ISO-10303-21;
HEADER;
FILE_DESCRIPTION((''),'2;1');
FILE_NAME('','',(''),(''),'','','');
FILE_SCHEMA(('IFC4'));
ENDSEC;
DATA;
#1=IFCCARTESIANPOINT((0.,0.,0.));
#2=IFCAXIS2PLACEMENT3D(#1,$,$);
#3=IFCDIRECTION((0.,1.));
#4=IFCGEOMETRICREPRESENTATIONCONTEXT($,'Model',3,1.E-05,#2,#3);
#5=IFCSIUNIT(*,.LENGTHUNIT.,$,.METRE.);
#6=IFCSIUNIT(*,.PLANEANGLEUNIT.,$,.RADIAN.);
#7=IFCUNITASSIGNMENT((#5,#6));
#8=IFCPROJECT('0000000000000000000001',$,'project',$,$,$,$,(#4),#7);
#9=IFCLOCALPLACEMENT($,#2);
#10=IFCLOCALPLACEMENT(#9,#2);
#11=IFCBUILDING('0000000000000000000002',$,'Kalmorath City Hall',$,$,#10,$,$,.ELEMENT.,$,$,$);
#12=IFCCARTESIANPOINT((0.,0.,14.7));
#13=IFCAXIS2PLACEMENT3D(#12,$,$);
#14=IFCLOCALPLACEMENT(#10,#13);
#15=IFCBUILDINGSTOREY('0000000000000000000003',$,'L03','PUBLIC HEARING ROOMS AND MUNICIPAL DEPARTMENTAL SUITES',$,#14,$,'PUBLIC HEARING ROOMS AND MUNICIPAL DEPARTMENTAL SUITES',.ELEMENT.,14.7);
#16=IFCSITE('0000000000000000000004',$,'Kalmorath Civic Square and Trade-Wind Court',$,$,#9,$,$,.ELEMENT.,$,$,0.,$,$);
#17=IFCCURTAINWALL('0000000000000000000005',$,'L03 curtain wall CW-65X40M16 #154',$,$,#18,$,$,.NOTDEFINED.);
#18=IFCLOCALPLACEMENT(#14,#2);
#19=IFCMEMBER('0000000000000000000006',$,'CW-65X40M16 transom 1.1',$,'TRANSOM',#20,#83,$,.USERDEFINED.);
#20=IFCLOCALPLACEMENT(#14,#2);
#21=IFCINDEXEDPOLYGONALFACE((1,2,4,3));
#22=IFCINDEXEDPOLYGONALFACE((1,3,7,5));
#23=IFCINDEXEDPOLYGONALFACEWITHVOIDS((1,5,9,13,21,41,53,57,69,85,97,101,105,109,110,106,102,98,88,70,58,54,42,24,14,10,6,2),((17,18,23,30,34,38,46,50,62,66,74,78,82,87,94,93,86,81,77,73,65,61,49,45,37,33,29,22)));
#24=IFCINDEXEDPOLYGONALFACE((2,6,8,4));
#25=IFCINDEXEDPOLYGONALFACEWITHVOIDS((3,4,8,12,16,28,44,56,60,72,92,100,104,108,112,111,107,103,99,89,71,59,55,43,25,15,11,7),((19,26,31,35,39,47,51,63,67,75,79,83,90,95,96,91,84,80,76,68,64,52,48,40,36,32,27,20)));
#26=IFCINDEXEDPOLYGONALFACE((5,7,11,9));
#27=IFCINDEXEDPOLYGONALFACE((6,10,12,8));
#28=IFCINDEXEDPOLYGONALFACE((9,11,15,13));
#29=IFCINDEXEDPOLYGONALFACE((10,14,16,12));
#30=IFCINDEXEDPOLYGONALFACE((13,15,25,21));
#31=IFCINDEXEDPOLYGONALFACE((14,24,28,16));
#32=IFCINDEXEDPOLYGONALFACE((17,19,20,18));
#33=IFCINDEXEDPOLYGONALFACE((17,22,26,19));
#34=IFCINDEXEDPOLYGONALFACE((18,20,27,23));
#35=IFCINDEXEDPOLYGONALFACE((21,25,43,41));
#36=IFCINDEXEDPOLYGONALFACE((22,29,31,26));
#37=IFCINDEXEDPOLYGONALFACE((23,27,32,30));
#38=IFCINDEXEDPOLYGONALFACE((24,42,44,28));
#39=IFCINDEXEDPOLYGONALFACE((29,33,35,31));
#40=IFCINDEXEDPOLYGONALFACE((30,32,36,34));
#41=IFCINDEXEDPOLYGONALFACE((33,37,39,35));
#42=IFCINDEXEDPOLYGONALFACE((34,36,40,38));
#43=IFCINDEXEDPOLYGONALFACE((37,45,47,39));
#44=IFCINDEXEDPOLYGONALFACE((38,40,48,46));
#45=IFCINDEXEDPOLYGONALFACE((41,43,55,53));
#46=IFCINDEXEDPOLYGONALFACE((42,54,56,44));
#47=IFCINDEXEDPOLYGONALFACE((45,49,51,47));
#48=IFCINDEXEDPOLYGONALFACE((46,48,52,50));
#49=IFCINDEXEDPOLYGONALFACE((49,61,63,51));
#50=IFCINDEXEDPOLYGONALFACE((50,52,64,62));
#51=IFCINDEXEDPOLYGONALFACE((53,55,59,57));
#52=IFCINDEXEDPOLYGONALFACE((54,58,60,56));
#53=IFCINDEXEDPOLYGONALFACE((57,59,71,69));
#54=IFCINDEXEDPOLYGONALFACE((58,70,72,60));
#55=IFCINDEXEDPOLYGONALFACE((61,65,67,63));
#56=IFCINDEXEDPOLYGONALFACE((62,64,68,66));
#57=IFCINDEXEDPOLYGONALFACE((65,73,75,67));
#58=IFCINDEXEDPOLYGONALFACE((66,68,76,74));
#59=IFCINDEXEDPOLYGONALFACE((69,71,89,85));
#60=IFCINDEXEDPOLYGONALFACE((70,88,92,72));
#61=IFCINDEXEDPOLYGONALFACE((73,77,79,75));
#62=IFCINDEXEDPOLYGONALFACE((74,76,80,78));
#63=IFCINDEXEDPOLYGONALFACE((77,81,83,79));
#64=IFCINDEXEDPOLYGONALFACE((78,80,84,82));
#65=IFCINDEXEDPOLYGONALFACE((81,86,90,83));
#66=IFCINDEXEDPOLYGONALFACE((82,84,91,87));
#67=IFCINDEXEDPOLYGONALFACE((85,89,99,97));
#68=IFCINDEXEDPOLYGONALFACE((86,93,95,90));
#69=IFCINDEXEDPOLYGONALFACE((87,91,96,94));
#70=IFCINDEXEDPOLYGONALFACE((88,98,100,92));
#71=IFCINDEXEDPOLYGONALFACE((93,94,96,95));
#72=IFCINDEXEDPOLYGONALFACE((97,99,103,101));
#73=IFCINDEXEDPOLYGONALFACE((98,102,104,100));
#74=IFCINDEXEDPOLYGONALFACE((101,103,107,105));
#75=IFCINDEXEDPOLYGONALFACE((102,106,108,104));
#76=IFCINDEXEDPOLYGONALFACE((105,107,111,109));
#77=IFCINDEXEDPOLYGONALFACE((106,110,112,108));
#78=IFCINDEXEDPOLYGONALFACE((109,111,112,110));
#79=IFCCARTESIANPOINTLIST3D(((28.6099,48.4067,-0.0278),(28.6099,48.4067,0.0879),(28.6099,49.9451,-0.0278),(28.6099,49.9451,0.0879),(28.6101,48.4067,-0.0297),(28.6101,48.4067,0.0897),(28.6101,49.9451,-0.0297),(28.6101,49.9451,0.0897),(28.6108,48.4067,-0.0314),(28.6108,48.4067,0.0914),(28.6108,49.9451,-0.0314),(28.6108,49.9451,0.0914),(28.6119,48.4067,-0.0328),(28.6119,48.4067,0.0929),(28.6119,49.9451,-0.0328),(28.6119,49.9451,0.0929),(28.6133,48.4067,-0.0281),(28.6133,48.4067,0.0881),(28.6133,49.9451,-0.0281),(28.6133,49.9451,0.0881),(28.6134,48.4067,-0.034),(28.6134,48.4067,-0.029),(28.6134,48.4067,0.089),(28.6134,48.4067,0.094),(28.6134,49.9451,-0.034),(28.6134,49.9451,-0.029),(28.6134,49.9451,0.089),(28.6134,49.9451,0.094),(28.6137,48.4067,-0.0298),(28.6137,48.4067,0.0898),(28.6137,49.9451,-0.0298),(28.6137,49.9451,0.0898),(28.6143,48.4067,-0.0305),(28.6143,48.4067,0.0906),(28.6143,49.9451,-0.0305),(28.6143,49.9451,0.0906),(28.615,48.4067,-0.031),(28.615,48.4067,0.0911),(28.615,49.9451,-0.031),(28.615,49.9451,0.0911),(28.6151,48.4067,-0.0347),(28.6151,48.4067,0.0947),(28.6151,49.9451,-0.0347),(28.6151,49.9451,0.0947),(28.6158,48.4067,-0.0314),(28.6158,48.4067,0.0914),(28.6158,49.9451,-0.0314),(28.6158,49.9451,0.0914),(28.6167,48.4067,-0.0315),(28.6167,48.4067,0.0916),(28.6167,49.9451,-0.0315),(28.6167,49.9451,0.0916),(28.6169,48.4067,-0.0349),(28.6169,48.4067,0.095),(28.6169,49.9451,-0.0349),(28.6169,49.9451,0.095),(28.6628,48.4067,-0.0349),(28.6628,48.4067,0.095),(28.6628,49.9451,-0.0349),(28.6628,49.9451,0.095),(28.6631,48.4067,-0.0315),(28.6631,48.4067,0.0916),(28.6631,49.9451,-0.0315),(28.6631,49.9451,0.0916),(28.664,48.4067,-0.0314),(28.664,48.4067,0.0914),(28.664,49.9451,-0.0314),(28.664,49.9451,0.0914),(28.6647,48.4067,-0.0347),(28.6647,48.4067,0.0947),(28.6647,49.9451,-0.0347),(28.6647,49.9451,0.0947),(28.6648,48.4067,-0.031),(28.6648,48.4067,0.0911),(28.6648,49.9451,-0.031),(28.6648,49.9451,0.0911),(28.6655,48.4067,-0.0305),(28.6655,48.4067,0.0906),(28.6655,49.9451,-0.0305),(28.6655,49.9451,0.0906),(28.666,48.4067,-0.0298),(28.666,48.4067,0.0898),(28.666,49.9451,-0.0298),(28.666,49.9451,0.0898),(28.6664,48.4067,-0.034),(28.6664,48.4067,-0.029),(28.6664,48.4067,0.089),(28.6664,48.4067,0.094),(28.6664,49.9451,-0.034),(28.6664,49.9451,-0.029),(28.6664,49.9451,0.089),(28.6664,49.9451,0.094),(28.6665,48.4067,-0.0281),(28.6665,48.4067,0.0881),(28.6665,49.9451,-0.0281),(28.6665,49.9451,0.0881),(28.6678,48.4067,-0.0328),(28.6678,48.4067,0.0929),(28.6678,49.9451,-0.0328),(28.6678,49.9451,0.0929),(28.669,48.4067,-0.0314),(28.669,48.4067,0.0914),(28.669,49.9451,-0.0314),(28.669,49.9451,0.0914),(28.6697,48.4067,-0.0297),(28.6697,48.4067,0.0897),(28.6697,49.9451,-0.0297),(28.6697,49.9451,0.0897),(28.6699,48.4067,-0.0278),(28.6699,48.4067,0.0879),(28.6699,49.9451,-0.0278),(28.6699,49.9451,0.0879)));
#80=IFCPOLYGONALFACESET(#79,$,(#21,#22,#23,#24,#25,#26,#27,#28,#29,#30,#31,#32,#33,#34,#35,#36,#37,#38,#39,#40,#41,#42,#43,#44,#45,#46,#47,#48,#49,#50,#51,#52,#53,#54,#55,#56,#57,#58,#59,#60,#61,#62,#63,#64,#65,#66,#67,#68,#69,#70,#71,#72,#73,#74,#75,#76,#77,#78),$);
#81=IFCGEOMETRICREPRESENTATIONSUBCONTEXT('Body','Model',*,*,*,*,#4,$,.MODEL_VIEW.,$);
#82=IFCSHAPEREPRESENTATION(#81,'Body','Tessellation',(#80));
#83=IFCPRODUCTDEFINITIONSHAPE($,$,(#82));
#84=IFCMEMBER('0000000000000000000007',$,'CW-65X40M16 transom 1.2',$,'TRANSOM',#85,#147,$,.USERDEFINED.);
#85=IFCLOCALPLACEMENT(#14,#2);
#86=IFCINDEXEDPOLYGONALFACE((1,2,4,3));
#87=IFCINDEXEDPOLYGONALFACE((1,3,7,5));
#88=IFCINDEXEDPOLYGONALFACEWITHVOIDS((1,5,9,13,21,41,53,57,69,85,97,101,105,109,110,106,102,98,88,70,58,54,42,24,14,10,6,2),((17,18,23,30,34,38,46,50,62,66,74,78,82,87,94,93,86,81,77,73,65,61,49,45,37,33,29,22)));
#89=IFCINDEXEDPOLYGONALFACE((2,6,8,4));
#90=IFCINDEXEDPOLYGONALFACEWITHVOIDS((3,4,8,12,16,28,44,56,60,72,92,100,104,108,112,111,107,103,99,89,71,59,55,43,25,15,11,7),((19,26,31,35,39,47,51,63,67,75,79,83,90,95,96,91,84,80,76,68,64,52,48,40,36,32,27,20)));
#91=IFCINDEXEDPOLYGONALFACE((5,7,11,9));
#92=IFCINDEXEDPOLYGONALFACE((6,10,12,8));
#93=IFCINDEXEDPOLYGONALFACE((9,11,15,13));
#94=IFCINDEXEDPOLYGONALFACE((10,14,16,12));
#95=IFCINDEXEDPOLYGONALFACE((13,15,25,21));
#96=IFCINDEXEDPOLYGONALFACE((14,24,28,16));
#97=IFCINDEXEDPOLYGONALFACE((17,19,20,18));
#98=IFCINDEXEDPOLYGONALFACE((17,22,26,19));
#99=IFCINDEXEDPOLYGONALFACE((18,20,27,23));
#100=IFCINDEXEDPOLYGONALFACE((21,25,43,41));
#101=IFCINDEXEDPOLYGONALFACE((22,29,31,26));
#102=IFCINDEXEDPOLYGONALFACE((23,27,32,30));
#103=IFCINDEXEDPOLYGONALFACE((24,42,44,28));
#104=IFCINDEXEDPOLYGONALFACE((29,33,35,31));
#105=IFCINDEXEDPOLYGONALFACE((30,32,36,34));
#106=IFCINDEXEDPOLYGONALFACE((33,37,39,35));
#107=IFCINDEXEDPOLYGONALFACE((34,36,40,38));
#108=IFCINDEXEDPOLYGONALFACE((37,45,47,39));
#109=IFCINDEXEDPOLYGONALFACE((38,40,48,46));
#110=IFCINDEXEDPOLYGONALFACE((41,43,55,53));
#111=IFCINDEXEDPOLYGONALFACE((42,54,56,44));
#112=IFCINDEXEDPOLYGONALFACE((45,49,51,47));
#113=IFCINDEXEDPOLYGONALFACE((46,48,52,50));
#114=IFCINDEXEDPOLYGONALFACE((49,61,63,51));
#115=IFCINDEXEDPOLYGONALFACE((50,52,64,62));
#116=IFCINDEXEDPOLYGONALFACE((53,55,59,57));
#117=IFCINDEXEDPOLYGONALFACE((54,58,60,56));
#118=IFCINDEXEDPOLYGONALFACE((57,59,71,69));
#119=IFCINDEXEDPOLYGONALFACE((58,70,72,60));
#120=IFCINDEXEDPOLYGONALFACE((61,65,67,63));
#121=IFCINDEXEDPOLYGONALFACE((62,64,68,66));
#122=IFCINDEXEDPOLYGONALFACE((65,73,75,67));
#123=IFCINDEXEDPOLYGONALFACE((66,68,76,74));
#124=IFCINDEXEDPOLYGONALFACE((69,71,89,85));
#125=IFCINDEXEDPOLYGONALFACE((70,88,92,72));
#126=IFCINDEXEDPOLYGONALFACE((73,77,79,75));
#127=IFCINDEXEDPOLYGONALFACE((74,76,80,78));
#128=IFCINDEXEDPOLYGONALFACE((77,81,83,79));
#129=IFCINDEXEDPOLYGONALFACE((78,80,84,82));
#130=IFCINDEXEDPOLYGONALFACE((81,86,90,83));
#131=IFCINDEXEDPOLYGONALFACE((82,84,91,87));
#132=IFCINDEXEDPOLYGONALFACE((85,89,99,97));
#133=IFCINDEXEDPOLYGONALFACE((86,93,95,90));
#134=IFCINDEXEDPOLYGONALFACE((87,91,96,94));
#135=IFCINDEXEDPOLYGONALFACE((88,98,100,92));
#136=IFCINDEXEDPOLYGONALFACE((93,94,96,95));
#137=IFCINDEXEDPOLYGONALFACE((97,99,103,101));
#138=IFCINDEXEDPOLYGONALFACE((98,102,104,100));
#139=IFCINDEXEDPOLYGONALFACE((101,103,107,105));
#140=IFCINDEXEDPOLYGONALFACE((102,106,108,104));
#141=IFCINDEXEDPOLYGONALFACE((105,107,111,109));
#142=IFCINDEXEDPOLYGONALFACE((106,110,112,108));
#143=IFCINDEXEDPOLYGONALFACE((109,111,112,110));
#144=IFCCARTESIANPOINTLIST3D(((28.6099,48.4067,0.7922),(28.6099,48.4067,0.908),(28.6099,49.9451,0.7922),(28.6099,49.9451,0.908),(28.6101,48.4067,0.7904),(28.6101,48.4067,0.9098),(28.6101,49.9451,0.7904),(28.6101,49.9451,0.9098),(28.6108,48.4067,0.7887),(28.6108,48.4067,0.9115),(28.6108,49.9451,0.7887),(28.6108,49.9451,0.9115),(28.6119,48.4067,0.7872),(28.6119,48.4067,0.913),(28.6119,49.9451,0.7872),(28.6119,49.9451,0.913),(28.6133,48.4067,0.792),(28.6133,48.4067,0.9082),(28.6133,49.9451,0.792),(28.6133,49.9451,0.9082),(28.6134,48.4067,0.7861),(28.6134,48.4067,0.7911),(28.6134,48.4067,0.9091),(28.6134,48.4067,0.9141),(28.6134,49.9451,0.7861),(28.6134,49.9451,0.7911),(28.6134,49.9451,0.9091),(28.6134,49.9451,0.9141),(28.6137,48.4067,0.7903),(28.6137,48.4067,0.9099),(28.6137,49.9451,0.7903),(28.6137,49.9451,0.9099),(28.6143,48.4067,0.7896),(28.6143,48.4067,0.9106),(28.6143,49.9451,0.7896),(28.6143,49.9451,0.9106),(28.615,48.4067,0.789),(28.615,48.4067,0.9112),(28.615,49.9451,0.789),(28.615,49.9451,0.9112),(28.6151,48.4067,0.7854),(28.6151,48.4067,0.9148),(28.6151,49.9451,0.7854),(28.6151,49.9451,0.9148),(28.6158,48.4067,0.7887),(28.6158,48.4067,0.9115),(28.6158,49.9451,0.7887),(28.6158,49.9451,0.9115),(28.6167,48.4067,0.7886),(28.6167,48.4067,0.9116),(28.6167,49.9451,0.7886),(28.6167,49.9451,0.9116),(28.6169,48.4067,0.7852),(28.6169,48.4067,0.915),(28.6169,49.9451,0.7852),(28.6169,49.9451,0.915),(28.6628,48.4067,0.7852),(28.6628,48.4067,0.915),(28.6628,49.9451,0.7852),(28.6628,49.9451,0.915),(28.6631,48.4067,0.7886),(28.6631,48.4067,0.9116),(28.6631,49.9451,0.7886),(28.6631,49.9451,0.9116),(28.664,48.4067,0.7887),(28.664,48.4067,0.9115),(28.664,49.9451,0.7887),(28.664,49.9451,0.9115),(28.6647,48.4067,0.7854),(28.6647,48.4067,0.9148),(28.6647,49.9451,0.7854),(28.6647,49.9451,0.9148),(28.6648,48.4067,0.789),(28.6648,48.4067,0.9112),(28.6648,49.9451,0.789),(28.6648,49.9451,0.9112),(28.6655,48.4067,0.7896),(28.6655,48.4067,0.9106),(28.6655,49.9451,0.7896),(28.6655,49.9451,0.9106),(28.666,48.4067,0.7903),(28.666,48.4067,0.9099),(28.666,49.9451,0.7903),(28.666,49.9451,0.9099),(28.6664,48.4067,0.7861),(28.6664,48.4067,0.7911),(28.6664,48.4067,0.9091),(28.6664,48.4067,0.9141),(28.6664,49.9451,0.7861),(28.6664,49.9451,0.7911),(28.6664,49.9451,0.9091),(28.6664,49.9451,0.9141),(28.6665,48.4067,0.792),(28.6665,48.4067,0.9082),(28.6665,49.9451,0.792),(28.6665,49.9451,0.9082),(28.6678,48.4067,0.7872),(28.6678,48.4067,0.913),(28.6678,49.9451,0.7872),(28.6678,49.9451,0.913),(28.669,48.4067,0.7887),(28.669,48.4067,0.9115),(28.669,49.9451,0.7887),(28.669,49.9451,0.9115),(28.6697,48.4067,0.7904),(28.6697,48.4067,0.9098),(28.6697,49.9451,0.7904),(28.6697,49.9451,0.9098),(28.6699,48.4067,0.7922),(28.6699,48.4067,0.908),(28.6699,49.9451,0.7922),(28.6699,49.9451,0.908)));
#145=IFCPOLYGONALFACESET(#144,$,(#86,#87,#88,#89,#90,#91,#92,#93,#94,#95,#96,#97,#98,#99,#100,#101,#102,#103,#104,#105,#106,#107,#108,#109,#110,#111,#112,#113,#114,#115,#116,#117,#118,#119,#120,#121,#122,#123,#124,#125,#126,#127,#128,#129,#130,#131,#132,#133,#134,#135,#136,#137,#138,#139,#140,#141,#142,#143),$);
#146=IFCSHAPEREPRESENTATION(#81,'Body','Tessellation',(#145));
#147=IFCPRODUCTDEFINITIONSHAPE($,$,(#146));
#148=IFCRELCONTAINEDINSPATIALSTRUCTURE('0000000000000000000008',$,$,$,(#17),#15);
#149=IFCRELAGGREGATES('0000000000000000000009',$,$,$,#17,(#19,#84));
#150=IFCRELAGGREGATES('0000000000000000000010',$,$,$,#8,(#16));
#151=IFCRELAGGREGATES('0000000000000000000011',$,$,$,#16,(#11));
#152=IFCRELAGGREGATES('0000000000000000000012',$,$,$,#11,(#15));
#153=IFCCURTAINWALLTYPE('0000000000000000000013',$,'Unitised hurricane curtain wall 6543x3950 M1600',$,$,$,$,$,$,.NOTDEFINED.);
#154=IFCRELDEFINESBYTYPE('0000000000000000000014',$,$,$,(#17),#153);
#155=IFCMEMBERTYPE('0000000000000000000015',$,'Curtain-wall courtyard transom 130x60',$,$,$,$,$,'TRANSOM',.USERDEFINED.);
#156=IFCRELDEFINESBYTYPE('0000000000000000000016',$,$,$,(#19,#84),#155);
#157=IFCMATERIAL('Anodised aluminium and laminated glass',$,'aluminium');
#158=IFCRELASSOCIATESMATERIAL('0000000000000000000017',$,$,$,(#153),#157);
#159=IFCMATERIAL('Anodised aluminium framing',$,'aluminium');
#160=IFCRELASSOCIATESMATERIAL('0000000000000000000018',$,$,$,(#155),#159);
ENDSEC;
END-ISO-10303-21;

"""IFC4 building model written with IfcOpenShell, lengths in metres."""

from ifc_helpers import new_model, si_unit, direction, frame, origin, origin_2d, place, context, subcontext, project, spatial, hollow_rectangle, extrude, material, material_profile, profile_set, type_object, element, aggregate, save


model = new_model("IFC4")

# Units and contexts
model_context = context("Model", 3, precision=1e-05, world=origin(), true_north=direction((0.0, 1.0)))
body_context = subcontext(model_context, "Body", "Model", "MODEL_VIEW")
ifc_project = project(units=[si_unit("LENGTHUNIT", "METRE"), si_unit("PLANEANGLEUNIT", "RADIAN")], contexts=[model_context])

# Site, building, storey
site_placement = place(None, origin())
site = spatial("IfcSite", under=ifc_project, at=site_placement, Name="Kalmorath Civic Square and Trade-Wind Court", CompositionType="ELEMENT", RefElevation=0.0)
building_placement = place(site_placement, origin())
building = spatial("IfcBuilding", under=site, at=building_placement, Name="Kalmorath City Hall", CompositionType="ELEMENT")
storey_placement = place(building_placement, frame((0.0, 0.0, 14.7)))
storey = spatial("IfcBuildingStorey", under=building, at=storey_placement, Name="L03", Description="PUBLIC HEARING ROOMS AND MUNICIPAL DEPARTMENTAL SUITES", LongName="PUBLIC HEARING ROOMS AND MUNICIPAL DEPARTMENTAL SUITES", CompositionType="ELEMENT", Elevation=14.7)

# Curtain wall, members
ifc_material_1 = material(Name="Anodised aluminium and laminated glass", Category="aluminium")
curtain_wall_type = type_object("IfcCurtainWallType", Name="Unitised hurricane curtain wall 6543x3950 M1600", PredefinedType="NOTDEFINED", material=ifc_material_1)
curtain_wall_placement = place(storey_placement, origin())
curtain_wall = element("IfcCurtainWall", 1, at=curtain_wall_placement, inside=storey, type_object=curtain_wall_type, Name="L03 curtain wall CW-65X40M16 #154", PredefinedType="NOTDEFINED")
ifc_material_2 = material(Name="Anodised aluminium framing", Category="aluminium")
ifc_material_profile_1 = material_profile(ifc_material_2, hollow_rectangle(XDim=0.0601, YDim=0.1299, WallThickness=0.0034, InnerFilletRadius=0.0034, OuterFilletRadius=0.0071, at=origin_2d()), Name="ALU-TRN-130X60X3.5")
ifc_profile_set_1 = profile_set([ifc_material_profile_1], Name="Anodised aluminium framing")
member_type_1 = type_object("IfcMemberType", Name="Curtain-wall courtyard transom 130x60", ElementType="TRANSOM", PredefinedType="USERDEFINED", material=ifc_profile_set_1)
member_1_placement = place(storey_placement, frame((28.6399, 49.9451, 0.03), z_axis=(0.0, -1.0, 0.0), x_axis=(1.0, 0.0, 0.0)))
member_1 = element("IfcMember", 2, at=member_1_placement, type_object=member_type_1, Name="CW-65X40M16 transom 1.1", ObjectType="TRANSOM", PredefinedType="USERDEFINED", context=body_context, shape_type="SweptSolid", body=[
    extrude(hollow_rectangle(XDim=0.0601, YDim=0.1299, WallThickness=0.0034, InnerFilletRadius=0.0034, OuterFilletRadius=0.0071, at=origin_2d()), origin(), (0.0, 0.0, 1.0), 1.5383),
])
member_2_placement = place(storey_placement, frame((28.6399, 49.9451, 0.8501), z_axis=(0.0, -1.0, 0.0), x_axis=(1.0, 0.0, 0.0)))
member_2 = element("IfcMember", 3, at=member_2_placement, type_object=member_type_1, Name="CW-65X40M16 transom 1.2", ObjectType="TRANSOM", PredefinedType="USERDEFINED", context=body_context, shape_type="SweptSolid", body=[
    extrude(hollow_rectangle(XDim=0.0601, YDim=0.1299, WallThickness=0.0034, InnerFilletRadius=0.0034, OuterFilletRadius=0.0071, at=origin_2d()), origin(), (0.0, 0.0, 1.0), 1.5383),
])

aggregate(curtain_wall, [member_1, member_2])

save(model, "model.ifc")
